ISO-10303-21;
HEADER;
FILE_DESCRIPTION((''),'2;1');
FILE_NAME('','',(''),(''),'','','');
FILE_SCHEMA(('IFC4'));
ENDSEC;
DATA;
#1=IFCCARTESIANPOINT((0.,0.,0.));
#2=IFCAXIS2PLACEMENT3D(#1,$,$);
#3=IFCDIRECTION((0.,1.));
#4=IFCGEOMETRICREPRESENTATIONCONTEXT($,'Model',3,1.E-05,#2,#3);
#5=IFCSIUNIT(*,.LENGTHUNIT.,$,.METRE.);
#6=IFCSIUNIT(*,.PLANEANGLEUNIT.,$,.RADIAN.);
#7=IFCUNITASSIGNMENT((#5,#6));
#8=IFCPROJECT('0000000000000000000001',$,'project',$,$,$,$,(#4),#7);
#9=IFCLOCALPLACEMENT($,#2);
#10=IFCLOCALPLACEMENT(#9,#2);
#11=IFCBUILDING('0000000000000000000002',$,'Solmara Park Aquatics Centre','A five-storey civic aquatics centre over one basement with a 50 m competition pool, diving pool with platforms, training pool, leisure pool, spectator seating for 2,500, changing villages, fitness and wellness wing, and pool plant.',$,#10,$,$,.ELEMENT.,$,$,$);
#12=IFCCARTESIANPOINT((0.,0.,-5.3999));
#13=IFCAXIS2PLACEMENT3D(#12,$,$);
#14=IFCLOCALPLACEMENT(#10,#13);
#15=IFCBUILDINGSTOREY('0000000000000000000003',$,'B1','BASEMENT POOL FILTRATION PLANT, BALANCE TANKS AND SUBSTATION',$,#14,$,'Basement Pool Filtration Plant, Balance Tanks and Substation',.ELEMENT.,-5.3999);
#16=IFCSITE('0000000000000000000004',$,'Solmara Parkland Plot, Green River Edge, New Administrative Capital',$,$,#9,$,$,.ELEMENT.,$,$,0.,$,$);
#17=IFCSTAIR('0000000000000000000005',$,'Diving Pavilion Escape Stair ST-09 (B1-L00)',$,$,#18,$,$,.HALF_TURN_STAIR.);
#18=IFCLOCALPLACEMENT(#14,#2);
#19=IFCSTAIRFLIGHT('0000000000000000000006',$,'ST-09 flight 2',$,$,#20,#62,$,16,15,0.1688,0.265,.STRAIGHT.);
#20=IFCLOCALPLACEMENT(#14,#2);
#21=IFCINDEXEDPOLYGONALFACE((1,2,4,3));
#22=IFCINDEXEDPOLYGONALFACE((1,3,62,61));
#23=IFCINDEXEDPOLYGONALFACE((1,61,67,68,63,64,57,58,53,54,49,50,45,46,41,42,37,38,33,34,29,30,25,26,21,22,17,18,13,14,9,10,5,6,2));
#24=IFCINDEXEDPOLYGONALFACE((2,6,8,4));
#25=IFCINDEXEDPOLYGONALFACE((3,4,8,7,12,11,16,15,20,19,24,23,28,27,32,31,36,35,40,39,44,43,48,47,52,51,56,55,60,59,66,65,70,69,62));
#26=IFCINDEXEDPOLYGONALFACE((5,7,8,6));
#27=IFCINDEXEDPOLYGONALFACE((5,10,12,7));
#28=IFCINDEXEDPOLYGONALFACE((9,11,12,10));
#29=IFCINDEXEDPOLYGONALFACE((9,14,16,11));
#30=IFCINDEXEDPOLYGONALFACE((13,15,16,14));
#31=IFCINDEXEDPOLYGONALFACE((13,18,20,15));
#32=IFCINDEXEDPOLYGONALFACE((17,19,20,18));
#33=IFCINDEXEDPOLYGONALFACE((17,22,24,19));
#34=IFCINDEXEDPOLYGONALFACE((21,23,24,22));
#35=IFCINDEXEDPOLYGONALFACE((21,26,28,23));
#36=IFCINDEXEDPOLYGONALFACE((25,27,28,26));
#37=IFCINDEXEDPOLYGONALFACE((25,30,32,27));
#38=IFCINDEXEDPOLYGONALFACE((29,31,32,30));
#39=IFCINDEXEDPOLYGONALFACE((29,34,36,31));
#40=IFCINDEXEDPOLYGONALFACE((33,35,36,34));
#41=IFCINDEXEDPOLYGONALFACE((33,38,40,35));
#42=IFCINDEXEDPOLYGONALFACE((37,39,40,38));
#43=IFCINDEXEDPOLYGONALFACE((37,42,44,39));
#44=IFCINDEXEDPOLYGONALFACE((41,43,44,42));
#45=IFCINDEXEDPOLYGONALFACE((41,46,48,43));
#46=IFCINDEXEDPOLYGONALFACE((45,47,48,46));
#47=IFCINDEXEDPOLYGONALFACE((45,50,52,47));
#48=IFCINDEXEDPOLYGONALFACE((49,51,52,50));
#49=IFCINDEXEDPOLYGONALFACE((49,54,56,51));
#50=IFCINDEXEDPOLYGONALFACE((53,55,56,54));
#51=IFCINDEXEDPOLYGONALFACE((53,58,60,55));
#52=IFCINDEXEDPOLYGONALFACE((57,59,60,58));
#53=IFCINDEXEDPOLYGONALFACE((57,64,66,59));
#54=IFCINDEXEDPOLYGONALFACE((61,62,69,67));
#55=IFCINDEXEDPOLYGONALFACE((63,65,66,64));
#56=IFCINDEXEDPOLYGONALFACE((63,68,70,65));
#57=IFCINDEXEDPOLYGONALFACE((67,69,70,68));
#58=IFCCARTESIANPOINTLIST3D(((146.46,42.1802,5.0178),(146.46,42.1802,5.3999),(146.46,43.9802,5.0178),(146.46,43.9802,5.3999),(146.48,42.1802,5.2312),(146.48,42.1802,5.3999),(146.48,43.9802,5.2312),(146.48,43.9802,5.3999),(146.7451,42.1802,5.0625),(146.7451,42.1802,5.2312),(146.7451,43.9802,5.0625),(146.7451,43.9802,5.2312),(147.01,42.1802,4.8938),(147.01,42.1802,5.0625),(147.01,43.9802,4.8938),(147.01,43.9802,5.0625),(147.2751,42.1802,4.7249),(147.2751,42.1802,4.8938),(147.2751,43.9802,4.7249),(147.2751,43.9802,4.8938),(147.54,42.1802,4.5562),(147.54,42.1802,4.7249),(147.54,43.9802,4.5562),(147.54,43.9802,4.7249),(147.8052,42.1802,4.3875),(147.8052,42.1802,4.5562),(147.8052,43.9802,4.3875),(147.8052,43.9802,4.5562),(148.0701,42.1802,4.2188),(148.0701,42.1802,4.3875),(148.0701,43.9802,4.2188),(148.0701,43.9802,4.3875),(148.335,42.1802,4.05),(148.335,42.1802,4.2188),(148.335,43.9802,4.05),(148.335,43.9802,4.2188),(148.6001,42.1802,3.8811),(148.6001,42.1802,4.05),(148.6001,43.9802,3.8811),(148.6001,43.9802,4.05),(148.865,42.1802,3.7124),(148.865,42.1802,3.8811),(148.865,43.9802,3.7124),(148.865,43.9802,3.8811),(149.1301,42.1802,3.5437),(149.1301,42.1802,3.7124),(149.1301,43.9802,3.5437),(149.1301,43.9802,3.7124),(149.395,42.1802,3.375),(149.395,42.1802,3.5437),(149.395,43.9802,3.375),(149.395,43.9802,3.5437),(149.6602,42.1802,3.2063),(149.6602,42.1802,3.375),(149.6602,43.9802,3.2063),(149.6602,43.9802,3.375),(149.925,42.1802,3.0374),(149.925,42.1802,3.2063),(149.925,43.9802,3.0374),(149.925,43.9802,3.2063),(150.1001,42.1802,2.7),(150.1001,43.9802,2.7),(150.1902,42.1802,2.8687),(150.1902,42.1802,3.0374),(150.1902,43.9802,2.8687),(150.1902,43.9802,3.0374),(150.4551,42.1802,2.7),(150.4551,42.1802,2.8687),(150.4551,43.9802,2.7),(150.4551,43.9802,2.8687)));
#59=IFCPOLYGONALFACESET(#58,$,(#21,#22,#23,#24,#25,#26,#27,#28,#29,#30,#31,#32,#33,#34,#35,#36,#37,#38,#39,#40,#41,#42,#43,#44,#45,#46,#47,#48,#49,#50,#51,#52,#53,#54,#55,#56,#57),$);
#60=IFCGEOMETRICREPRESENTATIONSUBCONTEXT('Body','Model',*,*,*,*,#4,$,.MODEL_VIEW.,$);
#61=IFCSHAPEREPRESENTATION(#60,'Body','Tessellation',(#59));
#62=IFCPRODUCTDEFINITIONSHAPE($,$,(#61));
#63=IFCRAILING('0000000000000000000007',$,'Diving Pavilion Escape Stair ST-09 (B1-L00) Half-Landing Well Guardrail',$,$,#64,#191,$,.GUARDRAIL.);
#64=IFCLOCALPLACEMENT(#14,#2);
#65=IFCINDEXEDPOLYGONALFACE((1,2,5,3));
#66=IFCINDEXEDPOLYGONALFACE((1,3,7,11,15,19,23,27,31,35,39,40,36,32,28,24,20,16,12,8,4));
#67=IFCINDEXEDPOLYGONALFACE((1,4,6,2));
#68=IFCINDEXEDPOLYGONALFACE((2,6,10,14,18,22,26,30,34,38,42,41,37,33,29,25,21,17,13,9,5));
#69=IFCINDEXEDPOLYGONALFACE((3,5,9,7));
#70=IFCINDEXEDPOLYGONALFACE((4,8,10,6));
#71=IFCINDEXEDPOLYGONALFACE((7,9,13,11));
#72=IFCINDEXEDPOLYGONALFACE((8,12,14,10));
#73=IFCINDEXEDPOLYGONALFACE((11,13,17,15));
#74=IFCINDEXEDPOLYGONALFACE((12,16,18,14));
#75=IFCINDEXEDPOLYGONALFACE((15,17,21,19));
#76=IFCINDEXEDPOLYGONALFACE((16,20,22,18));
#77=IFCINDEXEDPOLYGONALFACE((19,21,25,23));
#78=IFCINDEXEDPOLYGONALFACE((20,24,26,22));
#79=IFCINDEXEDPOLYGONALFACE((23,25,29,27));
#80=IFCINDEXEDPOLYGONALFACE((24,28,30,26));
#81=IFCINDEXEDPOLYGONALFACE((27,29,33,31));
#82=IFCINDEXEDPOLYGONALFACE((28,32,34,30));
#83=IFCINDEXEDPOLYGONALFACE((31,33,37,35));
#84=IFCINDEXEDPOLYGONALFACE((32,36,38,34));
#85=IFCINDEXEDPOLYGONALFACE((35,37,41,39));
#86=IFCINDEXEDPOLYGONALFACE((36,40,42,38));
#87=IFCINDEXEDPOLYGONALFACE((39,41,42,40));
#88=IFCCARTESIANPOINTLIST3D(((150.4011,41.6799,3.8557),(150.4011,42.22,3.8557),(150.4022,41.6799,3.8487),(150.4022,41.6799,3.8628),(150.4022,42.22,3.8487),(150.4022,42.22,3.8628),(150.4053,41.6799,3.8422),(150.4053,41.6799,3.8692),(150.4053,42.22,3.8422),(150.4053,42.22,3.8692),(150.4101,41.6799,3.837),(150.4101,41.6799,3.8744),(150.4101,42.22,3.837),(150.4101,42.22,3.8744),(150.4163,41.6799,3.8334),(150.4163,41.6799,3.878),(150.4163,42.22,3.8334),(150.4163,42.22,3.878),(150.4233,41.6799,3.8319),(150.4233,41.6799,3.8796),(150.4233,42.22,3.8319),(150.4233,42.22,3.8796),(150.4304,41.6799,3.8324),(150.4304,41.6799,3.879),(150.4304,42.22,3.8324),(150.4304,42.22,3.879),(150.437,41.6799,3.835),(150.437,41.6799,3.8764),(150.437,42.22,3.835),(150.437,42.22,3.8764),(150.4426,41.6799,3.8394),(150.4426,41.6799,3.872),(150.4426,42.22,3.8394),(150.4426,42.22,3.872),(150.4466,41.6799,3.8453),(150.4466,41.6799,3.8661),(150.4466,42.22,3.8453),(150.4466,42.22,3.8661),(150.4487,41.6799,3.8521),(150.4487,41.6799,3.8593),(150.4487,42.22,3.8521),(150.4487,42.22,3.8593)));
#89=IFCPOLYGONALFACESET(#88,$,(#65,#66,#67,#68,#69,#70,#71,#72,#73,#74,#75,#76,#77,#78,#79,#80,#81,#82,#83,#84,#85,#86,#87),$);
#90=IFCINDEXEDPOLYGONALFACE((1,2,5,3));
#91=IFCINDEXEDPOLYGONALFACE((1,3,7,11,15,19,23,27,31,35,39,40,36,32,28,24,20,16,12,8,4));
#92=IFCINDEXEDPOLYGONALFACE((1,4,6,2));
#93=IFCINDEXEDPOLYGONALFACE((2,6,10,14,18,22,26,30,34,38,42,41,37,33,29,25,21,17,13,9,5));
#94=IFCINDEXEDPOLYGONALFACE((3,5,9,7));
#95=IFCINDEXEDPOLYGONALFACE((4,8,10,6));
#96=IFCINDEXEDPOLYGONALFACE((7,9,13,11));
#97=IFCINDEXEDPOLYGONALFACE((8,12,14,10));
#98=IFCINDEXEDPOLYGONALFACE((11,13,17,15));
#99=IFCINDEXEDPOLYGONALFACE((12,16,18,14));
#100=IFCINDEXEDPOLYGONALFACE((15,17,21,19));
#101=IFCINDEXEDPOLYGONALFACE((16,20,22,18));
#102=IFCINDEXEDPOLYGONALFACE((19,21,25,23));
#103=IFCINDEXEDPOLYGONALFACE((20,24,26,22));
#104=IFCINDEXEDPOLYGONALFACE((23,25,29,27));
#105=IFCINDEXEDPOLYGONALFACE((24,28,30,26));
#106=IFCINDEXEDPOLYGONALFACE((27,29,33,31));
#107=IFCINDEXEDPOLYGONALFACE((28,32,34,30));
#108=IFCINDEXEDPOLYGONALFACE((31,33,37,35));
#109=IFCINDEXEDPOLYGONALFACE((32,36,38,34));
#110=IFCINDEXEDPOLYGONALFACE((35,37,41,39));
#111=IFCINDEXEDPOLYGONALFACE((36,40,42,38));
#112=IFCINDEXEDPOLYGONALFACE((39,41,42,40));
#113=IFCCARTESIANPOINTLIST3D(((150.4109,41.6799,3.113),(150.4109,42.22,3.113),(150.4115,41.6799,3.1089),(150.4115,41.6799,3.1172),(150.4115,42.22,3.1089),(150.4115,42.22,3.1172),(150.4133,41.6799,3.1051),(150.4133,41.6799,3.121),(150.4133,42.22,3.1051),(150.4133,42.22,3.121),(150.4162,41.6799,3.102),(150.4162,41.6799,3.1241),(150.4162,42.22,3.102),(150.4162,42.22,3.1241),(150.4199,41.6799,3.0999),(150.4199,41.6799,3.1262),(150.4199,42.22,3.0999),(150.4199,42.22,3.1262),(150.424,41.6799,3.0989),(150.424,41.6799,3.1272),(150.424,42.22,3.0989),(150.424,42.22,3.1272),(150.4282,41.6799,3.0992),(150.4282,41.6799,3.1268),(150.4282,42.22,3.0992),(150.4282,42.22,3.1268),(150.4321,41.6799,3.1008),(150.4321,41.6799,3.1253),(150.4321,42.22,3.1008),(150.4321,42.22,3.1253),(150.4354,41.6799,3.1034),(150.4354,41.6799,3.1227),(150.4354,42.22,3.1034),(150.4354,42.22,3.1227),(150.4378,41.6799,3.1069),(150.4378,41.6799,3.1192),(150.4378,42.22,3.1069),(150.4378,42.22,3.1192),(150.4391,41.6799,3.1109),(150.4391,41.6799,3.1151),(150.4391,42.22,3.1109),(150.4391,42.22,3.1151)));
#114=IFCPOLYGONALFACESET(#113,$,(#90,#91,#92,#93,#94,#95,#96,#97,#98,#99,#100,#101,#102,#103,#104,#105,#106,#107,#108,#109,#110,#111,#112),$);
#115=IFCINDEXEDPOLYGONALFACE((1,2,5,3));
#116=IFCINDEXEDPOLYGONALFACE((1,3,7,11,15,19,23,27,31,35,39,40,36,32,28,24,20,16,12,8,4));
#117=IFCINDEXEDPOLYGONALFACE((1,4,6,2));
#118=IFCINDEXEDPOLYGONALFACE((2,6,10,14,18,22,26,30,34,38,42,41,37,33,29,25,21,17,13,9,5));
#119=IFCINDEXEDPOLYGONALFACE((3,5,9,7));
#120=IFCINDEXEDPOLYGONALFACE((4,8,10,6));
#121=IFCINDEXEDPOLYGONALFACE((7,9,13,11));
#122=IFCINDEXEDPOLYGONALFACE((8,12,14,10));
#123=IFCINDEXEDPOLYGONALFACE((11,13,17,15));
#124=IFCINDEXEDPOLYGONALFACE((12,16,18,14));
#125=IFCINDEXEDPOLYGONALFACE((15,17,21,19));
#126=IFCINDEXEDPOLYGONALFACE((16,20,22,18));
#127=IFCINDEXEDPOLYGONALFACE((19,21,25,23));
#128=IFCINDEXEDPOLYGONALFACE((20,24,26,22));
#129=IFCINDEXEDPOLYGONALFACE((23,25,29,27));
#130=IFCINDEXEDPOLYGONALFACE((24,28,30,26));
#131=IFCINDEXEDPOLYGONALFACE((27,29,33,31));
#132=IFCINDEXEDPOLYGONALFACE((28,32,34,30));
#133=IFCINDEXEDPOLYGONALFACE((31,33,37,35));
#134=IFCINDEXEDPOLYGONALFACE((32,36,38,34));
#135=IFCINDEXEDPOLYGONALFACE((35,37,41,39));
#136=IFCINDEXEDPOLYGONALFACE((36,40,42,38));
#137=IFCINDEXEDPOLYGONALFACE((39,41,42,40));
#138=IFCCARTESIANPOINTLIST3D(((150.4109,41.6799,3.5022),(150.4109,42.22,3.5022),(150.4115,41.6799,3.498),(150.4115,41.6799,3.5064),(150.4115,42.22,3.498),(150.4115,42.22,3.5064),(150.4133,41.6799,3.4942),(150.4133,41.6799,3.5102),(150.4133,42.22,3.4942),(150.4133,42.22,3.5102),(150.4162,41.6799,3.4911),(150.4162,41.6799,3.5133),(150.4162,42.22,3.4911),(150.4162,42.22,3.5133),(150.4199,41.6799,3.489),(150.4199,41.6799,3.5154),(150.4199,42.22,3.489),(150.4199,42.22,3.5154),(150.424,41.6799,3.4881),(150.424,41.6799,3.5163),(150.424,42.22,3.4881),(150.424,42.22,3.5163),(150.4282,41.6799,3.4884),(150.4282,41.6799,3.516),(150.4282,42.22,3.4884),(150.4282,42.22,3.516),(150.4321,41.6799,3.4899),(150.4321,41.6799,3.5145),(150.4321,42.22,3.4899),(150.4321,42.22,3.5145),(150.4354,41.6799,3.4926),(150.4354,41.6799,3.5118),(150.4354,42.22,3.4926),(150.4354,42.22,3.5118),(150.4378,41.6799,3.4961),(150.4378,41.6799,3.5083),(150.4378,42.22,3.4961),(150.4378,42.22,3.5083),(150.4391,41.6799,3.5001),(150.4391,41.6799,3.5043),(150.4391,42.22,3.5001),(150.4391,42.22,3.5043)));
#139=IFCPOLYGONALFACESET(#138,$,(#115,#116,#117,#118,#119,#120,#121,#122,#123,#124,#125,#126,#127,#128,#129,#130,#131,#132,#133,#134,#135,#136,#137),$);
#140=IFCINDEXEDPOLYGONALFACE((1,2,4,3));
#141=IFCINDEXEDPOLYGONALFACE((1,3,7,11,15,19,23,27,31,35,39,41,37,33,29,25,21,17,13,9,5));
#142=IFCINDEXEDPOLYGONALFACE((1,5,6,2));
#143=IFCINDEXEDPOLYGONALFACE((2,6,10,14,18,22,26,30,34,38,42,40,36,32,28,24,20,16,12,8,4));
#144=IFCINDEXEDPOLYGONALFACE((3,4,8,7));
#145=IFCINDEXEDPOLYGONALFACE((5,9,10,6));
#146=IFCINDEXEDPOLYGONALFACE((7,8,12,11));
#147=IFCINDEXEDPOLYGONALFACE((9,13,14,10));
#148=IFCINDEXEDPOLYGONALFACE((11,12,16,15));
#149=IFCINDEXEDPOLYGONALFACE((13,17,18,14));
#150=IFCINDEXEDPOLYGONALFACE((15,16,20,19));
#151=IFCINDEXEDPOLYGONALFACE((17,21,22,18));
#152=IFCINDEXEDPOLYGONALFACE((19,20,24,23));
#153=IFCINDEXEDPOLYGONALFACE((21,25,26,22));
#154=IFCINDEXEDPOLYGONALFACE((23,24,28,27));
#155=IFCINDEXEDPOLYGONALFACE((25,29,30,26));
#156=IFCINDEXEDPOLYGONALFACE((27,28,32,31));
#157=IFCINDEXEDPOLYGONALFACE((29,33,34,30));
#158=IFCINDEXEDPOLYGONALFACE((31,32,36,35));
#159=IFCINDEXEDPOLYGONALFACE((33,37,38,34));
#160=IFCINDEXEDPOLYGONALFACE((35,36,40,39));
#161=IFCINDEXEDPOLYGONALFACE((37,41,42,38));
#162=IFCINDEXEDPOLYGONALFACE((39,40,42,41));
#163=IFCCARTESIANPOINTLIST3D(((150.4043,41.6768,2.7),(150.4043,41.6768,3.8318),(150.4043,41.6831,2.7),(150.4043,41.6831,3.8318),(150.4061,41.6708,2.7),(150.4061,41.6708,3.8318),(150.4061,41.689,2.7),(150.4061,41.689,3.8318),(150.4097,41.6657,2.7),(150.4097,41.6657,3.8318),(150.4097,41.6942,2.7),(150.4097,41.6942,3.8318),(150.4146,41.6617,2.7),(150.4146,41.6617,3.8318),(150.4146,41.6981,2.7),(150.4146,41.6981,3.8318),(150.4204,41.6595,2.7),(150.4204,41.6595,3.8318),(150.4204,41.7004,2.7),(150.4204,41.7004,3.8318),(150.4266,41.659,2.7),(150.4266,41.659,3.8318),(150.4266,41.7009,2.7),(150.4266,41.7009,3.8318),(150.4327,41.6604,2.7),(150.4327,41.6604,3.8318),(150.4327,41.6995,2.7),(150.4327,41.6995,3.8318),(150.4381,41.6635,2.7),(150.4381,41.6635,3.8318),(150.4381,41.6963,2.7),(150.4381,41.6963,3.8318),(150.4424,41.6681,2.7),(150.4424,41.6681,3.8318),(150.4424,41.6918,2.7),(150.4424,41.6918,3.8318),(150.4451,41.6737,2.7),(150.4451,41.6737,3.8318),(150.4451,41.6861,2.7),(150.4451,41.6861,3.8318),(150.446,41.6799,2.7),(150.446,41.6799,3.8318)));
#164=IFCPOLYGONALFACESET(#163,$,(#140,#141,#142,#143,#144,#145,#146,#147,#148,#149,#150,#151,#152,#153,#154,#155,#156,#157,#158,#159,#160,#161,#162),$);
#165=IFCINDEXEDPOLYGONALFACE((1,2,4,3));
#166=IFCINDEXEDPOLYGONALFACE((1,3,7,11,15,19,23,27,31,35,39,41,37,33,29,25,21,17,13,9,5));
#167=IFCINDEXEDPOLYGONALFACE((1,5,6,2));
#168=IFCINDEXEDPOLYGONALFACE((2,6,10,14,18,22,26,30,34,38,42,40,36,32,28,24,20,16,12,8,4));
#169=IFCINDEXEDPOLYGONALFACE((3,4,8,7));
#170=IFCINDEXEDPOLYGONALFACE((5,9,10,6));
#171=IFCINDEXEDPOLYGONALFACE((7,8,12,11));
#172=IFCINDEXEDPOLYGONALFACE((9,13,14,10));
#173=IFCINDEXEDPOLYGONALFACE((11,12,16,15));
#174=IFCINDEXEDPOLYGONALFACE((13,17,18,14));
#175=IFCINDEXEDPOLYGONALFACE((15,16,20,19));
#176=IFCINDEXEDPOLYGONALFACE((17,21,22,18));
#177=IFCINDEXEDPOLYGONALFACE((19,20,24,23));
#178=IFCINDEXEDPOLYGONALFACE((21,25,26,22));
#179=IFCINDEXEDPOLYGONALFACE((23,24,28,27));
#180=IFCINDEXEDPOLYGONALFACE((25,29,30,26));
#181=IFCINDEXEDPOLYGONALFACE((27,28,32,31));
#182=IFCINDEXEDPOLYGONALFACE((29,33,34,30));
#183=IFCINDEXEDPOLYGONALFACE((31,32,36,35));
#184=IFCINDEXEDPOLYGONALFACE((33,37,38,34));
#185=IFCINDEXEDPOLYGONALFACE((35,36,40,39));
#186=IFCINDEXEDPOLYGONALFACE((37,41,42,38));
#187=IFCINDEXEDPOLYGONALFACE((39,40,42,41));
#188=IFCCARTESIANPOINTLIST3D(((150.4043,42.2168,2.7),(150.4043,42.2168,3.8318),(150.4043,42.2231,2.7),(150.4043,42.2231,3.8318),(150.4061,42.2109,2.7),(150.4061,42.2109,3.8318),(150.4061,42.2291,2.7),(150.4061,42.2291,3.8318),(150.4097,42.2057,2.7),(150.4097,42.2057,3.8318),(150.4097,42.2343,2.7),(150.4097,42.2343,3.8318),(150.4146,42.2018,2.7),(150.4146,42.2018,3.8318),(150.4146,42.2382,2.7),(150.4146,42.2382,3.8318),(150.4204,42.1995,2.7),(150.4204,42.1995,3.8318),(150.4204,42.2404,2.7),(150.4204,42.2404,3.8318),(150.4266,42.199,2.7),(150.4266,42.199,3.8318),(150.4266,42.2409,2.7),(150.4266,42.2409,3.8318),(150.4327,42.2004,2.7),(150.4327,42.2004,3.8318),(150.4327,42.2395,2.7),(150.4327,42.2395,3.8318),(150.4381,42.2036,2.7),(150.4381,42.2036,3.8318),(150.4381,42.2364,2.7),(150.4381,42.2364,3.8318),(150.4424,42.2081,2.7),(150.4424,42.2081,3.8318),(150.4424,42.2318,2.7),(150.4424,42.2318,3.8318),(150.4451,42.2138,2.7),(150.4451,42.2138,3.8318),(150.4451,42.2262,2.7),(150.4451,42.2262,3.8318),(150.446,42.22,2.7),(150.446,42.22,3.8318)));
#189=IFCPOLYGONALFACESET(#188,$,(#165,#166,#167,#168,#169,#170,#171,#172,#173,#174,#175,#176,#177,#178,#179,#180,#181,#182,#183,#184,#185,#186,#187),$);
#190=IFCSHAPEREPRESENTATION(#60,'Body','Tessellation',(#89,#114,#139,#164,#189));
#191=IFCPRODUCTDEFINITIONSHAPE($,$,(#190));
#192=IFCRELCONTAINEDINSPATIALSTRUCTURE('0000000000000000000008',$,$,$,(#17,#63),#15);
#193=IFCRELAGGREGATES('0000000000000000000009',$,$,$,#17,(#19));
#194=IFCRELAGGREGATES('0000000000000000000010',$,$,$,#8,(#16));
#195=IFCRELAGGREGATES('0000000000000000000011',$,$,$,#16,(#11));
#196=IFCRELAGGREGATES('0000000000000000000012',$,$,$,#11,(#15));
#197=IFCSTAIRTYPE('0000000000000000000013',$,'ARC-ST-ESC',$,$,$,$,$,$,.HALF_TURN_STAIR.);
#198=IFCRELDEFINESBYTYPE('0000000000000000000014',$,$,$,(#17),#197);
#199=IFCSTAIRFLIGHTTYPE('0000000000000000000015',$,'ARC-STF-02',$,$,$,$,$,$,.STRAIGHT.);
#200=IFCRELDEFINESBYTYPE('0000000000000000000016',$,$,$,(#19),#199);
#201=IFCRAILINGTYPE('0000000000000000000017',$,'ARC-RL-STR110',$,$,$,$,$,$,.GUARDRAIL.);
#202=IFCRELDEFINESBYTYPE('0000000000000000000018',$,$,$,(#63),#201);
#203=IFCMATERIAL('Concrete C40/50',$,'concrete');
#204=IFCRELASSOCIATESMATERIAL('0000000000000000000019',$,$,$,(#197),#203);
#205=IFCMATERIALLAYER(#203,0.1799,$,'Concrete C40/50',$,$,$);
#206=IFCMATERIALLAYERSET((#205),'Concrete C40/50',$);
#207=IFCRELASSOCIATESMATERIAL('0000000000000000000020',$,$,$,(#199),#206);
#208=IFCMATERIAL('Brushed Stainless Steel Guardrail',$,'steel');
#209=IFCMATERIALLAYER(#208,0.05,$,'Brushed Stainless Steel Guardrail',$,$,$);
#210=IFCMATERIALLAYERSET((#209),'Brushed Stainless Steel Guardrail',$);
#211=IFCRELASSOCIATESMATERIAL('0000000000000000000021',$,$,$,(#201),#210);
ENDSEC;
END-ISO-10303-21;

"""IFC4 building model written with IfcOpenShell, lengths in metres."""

from ifc_helpers import new_model, si_unit, direction, frame, origin, origin_2d, place, context, subcontext, project, spatial, polyline, circle, outline, extrude, material, layer, layer_set, type_object, element, aggregate, save


model = new_model("IFC4")

# Units and contexts
model_context = context("Model", 3, precision=1e-05, world=origin(), true_north=direction((0.0, 1.0)))
body_context = subcontext(model_context, "Body", "Model", "MODEL_VIEW")
ifc_project = project(units=[si_unit("LENGTHUNIT", "METRE"), si_unit("PLANEANGLEUNIT", "RADIAN")], contexts=[model_context])

# Site, building, storey
site_placement = place(None, origin())
site = spatial("IfcSite", under=ifc_project, at=site_placement, Name="Solmara Parkland Plot, Green River Edge, New Administrative Capital", CompositionType="ELEMENT", RefElevation=0.0)
building_placement = place(site_placement, origin())
building = spatial("IfcBuilding", under=site, at=building_placement, Name="Solmara Park Aquatics Centre", Description="A five-storey civic aquatics centre over one basement with a 50 m competition pool, diving pool with platforms, training pool, leisure pool, spectator seating for 2,500, changing villages, fitness and wellness wing, and pool plant.", CompositionType="ELEMENT")
storey_placement = place(building_placement, frame((0.0, 0.0, -5.3999)))
storey = spatial("IfcBuildingStorey", under=building, at=storey_placement, Name="B1", Description="BASEMENT POOL FILTRATION PLANT, BALANCE TANKS AND SUBSTATION", LongName="Basement Pool Filtration Plant, Balance Tanks and Substation", CompositionType="ELEMENT", Elevation=-5.3999)

# Shared definitions
ifc_material_1 = material(Name="Concrete C40/50", Category="concrete")

# Stair, stair flight
stair_type = type_object("IfcStairType", Name="ARC-ST-ESC", PredefinedType="HALF_TURN_STAIR", material=ifc_material_1)
stair_placement = place(storey_placement, origin())
stair = element("IfcStair", 1, at=stair_placement, inside=storey, type_object=stair_type, Name="Diving Pavilion Escape Stair ST-09 (B1-L00)", PredefinedType="HALF_TURN_STAIR")
ifc_layer_1 = layer(ifc_material_1, 0.1799, Name="Concrete C40/50")
ifc_layer_set_1 = layer_set([ifc_layer_1], Name="Concrete C40/50")
stair_flight_type = type_object("IfcStairFlightType", Name="ARC-STF-02", PredefinedType="STRAIGHT", material=ifc_layer_set_1)
stair_flight_placement = place(storey_placement, frame((150.4551, 43.0801, 2.7), z_axis=(0.0, 0.0, 1.0), x_axis=(-1.0, 0.0, 0.0)))
stair_flight = element("IfcStairFlight", 2, at=stair_flight_placement, type_object=stair_flight_type, Name="ST-09 flight 2", NumberOfRisers=16, NumberOfTreads=15, PredefinedType="STRAIGHT", RiserHeight=0.1688, TreadLength=0.265, context=body_context, shape_type="SweptSolid", body=[
    extrude(outline(polyline([(0.0, 0.0), (0.0, 0.1687), (0.2649, 0.1687), (0.2649, 0.3374), (0.53, 0.3374), (0.53, 0.5063), (0.7949, 0.5063), (0.7949, 0.675), (1.0601, 0.675), (1.0601, 0.8438), (1.325, 0.8438), (1.325, 1.0125), (1.5901, 1.0125), (1.5901, 1.1812), (1.855, 1.1812), (1.855, 1.3501), (2.1201, 1.3501), (2.1201, 1.5188), (2.385, 1.5188), (2.385, 1.6875), (2.6499, 1.6875), (2.6499, 1.8562), (2.915, 1.8562), (2.915, 2.0249), (3.1799, 2.0249), (3.1799, 2.1938), (3.4451, 2.1938), (3.4451, 2.3625), (3.71, 2.3625), (3.71, 2.5312), (3.9751, 2.5312), (3.9751, 2.7), (3.9951, 2.7), (3.9951, 2.3179), (0.355, 0.0), (0.0, 0.0)])), frame((0.0, 0.8999, 0.0), z_axis=(0.0, -1.0, 0.0), x_axis=(1.0, 0.0, 0.0)), (0.0, 0.0, 1.0), 1.8),
])
aggregate(stair, [stair_flight])

# Railing
ifc_material_2 = material(Name="Brushed Stainless Steel Guardrail", Category="steel")
ifc_layer_2 = layer(ifc_material_2, 0.05, Name="Brushed Stainless Steel Guardrail")
ifc_layer_set_2 = layer_set([ifc_layer_2], Name="Brushed Stainless Steel Guardrail")
railing_type_1 = type_object("IfcRailingType", Name="ARC-RL-STR110", PredefinedType="GUARDRAIL", material=ifc_layer_set_2)
railing_1_placement = place(storey_placement, frame((150.425, 41.6799, 2.7)))
element("IfcRailing", 3, at=railing_1_placement, inside=storey, type_object=railing_type_1, Name="Diving Pavilion Escape Stair ST-09 (B1-L00) Half-Landing Well Guardrail", PredefinedType="GUARDRAIL", context=body_context, shape_type="SweptSolid", body=[
    extrude(circle(Radius=0.0239, at=origin_2d()), frame((0.0, 0.0, 1.1558), z_axis=(0.0, 1.0, 0.0), x_axis=(-1.0, 0.0, 0.0)), (0.0, 0.0, 1.0), 0.54),
    extrude(circle(Radius=0.0142, at=origin_2d()), frame((0.0, 0.0, 0.4131), z_axis=(0.0, 1.0, 0.0), x_axis=(-1.0, 0.0, 0.0)), (0.0, 0.0, 1.0), 0.54),
    extrude(circle(Radius=0.0142, at=origin_2d()), frame((0.0, 0.0, 0.8022), z_axis=(0.0, 1.0, 0.0), x_axis=(-1.0, 0.0, 0.0)), (0.0, 0.0, 1.0), 0.54),
    extrude(circle(Radius=0.021, at=origin_2d()), origin(), (0.0, 0.0, 1.0), 1.1318),
    extrude(circle(Radius=0.021, at=origin_2d()), frame((0.0, 0.54, 0.0)), (0.0, 0.0, 1.0), 1.1318),
])

save(model, "model.ifc")
